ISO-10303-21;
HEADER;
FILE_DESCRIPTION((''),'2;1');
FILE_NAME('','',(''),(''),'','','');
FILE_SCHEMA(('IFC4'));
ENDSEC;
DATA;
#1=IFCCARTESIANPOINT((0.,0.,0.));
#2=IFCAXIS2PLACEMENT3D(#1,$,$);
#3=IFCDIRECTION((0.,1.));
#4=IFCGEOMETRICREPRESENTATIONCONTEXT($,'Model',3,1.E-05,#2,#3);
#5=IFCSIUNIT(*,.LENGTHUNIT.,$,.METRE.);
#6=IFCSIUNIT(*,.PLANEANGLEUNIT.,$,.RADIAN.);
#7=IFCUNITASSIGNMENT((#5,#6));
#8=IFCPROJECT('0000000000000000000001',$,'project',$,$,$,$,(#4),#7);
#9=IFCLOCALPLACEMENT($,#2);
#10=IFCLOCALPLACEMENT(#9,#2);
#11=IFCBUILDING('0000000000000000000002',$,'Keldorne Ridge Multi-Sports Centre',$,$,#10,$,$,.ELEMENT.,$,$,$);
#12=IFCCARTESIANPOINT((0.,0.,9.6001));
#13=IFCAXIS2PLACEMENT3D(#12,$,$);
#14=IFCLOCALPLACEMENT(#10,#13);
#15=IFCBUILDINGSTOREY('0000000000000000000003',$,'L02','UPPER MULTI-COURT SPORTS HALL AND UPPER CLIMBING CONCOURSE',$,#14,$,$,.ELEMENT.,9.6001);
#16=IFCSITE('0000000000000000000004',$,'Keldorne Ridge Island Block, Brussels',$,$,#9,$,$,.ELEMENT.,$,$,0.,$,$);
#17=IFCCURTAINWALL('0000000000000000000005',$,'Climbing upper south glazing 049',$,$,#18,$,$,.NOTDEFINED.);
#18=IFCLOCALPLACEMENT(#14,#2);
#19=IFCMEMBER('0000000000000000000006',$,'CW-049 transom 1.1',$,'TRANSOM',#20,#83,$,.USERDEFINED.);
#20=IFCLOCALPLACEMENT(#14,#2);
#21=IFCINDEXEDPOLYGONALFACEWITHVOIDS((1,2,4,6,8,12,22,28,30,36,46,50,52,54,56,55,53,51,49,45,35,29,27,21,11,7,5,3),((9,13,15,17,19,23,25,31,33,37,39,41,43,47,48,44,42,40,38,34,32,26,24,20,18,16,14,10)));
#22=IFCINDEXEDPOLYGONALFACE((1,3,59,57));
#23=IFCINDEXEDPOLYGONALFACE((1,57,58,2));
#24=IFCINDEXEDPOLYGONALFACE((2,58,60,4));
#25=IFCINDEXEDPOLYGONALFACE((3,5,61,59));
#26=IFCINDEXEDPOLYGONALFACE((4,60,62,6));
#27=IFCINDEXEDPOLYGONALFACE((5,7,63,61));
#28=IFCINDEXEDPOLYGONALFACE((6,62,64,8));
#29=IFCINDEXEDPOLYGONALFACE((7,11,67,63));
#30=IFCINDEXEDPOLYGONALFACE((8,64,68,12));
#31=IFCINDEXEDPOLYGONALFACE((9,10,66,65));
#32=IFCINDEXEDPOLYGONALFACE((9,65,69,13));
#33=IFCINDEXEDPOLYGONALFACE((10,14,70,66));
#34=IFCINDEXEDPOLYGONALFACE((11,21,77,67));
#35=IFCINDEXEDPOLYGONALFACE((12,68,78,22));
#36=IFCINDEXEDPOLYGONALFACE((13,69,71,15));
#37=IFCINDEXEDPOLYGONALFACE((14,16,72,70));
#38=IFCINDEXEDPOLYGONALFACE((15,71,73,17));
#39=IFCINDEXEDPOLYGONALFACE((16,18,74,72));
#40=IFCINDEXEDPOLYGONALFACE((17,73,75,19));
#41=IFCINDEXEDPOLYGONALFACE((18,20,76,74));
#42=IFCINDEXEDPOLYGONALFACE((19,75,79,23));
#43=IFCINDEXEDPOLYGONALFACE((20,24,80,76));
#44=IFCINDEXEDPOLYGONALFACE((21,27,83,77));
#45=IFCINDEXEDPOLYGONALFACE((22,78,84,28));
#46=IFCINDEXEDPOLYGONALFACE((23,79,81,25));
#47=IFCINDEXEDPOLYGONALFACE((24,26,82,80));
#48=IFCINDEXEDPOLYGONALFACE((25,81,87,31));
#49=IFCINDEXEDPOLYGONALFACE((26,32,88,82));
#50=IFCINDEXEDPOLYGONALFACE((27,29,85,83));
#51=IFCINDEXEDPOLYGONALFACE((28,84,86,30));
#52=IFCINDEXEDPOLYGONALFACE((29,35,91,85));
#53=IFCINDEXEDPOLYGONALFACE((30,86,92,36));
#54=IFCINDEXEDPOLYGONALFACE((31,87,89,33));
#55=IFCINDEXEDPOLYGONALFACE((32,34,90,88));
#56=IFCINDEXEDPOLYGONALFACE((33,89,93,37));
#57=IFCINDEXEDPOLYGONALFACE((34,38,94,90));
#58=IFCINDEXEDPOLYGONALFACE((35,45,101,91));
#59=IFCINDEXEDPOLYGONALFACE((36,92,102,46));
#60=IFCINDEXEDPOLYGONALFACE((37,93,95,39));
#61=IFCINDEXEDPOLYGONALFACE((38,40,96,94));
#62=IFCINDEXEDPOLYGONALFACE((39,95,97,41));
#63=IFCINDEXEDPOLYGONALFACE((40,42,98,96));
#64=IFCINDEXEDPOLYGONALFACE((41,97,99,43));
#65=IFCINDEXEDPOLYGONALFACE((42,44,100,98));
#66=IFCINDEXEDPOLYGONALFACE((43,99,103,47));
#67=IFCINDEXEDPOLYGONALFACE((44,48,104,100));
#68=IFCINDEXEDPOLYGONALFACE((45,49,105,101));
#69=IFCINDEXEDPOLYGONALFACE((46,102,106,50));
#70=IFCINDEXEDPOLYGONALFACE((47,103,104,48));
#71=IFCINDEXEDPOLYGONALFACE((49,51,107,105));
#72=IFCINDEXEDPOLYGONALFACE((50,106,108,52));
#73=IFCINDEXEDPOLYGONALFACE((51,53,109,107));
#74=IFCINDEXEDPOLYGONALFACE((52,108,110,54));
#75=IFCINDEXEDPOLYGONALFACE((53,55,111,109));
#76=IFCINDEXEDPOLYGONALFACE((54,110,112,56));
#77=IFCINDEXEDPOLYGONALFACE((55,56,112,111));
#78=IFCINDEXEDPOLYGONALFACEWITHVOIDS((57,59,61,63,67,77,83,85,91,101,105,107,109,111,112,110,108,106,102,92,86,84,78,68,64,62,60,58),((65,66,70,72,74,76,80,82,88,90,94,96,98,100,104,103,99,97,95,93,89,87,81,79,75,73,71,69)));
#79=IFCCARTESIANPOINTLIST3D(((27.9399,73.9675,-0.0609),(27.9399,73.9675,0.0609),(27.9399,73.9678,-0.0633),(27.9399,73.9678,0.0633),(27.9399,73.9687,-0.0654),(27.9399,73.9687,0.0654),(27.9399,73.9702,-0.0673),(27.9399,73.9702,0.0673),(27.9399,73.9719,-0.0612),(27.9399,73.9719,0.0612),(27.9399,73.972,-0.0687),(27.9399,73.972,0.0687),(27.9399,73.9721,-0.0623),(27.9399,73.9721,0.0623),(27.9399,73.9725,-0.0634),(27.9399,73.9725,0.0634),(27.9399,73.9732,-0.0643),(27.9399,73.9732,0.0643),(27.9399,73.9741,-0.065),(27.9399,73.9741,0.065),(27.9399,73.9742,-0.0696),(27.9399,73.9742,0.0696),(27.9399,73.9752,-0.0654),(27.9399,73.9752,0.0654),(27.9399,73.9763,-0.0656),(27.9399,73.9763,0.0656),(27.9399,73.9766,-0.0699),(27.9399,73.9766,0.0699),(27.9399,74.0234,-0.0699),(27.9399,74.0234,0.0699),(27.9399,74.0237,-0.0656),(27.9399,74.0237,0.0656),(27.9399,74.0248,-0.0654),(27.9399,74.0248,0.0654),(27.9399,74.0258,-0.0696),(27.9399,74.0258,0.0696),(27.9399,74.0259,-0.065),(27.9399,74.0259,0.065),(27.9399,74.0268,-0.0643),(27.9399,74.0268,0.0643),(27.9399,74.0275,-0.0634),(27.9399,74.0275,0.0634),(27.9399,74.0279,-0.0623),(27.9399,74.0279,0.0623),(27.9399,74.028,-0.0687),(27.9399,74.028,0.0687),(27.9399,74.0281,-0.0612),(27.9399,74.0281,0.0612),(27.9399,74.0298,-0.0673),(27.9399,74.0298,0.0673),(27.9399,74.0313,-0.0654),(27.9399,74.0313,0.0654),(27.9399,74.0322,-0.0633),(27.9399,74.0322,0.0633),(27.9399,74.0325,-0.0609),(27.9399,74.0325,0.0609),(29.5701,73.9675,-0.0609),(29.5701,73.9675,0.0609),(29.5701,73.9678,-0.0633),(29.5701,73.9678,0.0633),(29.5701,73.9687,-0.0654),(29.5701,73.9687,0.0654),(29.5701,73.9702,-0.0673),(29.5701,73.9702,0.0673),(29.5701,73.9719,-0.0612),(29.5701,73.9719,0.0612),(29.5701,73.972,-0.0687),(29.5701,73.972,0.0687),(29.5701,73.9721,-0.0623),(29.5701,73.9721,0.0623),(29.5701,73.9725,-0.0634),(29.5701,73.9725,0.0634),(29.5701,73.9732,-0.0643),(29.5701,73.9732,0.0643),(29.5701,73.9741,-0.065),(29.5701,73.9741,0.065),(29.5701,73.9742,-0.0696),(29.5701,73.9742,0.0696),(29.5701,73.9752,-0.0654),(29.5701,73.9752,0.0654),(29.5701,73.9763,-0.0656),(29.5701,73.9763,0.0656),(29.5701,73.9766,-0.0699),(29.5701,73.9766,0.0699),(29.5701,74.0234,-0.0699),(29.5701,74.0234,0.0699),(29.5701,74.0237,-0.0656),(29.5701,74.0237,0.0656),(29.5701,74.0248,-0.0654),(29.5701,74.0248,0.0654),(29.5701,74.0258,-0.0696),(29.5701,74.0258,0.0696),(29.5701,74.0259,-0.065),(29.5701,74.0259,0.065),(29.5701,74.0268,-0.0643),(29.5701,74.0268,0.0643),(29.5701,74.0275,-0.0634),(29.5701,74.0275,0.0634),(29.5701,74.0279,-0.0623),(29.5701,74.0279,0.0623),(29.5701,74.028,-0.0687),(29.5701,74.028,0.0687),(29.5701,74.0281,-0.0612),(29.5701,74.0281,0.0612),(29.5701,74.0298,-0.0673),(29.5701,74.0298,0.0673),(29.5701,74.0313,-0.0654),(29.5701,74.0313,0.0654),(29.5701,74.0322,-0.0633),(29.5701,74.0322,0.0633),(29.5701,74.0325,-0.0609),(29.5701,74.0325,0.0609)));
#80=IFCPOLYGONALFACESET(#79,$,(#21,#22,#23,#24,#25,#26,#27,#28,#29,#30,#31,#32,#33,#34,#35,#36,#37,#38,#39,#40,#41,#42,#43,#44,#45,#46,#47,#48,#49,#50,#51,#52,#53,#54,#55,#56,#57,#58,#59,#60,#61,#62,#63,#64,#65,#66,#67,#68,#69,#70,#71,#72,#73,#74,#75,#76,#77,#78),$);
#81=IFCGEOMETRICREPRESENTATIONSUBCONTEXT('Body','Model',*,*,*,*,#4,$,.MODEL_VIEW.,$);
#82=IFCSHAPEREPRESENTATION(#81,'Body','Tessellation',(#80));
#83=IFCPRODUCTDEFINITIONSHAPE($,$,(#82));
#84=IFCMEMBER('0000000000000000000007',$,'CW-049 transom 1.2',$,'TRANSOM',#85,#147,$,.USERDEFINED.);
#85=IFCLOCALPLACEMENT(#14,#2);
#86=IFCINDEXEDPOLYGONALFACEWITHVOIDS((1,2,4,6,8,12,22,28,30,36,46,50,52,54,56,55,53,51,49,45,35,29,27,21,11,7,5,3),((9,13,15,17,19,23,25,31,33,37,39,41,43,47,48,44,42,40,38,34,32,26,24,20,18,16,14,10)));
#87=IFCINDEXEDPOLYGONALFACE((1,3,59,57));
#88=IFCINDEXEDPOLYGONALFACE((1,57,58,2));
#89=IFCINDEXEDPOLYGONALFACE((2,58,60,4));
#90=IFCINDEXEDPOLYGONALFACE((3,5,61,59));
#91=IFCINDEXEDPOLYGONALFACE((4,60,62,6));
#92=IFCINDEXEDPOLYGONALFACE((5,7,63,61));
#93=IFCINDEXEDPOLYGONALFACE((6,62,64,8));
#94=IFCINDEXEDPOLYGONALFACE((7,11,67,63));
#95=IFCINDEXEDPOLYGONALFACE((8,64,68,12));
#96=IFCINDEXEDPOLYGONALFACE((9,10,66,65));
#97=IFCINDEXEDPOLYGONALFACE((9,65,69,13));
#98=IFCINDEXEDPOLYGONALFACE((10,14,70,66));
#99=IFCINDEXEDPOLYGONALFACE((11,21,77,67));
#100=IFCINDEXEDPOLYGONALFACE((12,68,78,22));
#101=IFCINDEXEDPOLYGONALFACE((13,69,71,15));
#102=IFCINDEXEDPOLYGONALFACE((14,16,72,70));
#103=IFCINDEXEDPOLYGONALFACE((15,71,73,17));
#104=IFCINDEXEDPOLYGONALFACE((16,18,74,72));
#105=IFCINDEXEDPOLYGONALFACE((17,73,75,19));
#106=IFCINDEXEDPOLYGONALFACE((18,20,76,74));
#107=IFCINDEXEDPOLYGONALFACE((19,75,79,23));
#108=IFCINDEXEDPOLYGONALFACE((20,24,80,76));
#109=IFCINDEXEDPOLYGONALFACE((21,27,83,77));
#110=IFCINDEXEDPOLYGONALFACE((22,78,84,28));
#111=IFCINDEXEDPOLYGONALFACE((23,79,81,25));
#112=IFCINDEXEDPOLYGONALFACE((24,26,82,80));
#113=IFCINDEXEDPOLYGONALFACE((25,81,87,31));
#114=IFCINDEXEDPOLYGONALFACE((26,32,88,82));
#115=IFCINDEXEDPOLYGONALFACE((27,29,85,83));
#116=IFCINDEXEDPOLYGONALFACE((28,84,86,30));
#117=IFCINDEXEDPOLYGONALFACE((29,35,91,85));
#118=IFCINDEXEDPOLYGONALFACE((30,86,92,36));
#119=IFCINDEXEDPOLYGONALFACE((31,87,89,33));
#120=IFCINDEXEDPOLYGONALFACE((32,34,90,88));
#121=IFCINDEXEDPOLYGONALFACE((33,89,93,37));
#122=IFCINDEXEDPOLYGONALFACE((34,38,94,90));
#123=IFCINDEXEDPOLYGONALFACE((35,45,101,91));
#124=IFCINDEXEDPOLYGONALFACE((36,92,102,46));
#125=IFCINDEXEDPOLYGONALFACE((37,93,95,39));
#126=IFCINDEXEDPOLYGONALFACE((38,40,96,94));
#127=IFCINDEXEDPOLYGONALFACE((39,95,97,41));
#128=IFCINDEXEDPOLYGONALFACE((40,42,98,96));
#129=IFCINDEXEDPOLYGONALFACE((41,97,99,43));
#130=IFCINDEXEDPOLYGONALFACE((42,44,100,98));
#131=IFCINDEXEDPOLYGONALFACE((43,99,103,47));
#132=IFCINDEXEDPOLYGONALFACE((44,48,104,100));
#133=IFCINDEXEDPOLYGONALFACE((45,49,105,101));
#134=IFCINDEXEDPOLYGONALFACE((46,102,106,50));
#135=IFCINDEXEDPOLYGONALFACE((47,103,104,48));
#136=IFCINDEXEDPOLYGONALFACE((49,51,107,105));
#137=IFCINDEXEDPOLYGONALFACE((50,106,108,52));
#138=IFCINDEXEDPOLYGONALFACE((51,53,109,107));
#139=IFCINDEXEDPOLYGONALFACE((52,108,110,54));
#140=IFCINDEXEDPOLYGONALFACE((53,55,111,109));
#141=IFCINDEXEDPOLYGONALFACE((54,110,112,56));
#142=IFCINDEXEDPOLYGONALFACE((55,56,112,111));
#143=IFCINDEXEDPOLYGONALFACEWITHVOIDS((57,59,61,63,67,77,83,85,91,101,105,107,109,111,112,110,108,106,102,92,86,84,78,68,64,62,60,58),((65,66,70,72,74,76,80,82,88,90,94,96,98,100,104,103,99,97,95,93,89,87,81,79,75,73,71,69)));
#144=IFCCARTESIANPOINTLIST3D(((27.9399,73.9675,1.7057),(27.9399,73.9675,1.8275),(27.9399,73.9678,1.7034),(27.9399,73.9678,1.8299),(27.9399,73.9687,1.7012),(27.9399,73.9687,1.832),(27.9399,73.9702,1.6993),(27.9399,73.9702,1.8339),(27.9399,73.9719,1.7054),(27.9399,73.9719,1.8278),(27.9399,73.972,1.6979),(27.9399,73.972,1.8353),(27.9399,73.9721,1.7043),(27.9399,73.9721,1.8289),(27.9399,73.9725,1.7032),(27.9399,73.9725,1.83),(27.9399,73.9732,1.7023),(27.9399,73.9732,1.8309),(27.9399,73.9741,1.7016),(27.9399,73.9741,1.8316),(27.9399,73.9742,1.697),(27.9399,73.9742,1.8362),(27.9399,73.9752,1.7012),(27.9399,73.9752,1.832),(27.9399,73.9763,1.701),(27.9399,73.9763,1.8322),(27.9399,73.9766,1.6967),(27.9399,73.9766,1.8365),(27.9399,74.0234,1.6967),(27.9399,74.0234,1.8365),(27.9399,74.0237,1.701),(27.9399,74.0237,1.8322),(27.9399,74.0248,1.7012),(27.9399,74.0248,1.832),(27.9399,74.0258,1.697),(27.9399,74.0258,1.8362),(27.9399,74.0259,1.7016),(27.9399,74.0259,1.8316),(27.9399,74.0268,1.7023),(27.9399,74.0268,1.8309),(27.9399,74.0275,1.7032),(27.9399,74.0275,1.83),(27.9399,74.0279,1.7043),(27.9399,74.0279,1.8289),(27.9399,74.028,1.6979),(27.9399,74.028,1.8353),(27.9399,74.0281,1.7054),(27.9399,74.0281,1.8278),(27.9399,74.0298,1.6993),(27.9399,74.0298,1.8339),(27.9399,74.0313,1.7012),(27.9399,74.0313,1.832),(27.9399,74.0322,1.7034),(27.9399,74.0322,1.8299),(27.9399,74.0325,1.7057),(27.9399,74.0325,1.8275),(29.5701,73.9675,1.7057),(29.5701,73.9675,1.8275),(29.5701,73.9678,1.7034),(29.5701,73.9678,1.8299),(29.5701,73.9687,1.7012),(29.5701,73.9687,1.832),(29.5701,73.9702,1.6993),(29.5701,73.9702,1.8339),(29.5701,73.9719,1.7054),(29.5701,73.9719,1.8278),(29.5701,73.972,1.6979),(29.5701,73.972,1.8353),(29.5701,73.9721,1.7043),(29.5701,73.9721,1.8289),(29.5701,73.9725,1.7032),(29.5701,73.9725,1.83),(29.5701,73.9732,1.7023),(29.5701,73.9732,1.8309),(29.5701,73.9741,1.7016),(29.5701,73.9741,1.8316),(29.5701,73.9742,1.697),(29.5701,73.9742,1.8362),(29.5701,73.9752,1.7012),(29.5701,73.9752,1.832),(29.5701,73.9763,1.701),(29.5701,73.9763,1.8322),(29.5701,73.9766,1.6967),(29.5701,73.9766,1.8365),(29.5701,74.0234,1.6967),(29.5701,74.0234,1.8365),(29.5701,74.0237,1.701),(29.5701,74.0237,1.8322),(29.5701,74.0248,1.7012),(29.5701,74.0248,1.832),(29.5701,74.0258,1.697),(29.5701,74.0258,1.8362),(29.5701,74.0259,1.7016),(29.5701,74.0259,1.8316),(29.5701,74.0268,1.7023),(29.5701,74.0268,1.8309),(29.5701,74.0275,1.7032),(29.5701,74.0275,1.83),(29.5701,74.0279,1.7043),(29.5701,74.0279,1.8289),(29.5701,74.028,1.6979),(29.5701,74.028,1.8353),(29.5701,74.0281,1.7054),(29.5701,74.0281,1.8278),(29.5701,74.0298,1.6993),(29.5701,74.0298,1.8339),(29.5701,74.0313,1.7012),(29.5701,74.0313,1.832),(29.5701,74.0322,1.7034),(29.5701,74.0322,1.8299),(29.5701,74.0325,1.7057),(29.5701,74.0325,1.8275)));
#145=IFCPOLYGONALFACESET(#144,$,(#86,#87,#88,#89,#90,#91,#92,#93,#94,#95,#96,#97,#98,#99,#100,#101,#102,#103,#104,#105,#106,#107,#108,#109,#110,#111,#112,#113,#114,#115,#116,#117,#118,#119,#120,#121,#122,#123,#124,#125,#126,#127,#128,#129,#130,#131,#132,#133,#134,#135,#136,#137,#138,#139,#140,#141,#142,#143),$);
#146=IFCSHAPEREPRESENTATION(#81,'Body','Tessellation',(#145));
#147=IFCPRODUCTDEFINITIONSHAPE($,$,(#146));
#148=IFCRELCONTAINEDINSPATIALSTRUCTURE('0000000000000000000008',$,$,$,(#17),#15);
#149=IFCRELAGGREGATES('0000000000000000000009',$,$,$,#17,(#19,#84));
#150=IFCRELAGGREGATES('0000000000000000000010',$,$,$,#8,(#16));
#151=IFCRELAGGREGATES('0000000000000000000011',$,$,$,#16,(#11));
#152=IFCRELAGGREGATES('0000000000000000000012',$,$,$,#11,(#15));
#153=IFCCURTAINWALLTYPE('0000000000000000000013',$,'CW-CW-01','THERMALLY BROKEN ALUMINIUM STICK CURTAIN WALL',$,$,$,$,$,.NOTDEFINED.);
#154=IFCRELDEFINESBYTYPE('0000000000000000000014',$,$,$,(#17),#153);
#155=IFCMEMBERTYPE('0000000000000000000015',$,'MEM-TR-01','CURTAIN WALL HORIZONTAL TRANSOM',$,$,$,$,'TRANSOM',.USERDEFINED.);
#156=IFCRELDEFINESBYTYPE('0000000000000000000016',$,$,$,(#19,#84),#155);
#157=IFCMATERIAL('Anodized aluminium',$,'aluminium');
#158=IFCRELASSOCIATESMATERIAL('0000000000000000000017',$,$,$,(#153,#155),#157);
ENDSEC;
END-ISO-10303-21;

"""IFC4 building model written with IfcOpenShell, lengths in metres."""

from ifc_helpers import new_model, si_unit, direction, frame, origin, origin_2d, place, context, subcontext, project, spatial, hollow_rectangle, extrude, material, material_profile, profile_set, type_object, element, aggregate, save


model = new_model("IFC4")

# Units and contexts
model_context = context("Model", 3, precision=1e-05, world=origin(), true_north=direction((0.0, 1.0)))
body_context = subcontext(model_context, "Body", "Model", "MODEL_VIEW")
ifc_project = project(units=[si_unit("LENGTHUNIT", "METRE"), si_unit("PLANEANGLEUNIT", "RADIAN")], contexts=[model_context])

# Site, building, storey
site_placement = place(None, origin())
site = spatial("IfcSite", under=ifc_project, at=site_placement, Name="Keldorne Ridge Island Block, Brussels", CompositionType="ELEMENT", RefElevation=0.0)
building_placement = place(site_placement, origin())
building = spatial("IfcBuilding", under=site, at=building_placement, Name="Keldorne Ridge Multi-Sports Centre", CompositionType="ELEMENT")
storey_placement = place(building_placement, frame((0.0, 0.0, 9.6001)))
storey = spatial("IfcBuildingStorey", under=building, at=storey_placement, Name="L02", Description="UPPER MULTI-COURT SPORTS HALL AND UPPER CLIMBING CONCOURSE", CompositionType="ELEMENT", Elevation=9.6001)

# Curtain wall
ifc_material_1 = material(Name="Anodized aluminium", Category="aluminium")
curtain_wall_type_1 = type_object("IfcCurtainWallType", Name="CW-CW-01", Description="THERMALLY BROKEN ALUMINIUM STICK CURTAIN WALL", PredefinedType="NOTDEFINED", material=ifc_material_1)
curtain_wall_1_placement = place(storey_placement, origin())
curtain_wall_1 = element("IfcCurtainWall", 1, at=curtain_wall_1_placement, inside=storey, type_object=curtain_wall_type_1, Name="Climbing upper south glazing 049", PredefinedType="NOTDEFINED")

# Members
ifc_material_profile_1 = material_profile(ifc_material_1, hollow_rectangle(XDim=0.0649, YDim=0.1399, WallThickness=0.0044, InnerFilletRadius=0.0044, OuterFilletRadius=0.009, at=origin_2d()), Name="ALU TRANSOM 140x65x4.5")
ifc_profile_set_1 = profile_set([ifc_material_profile_1], Name="Anodized aluminium")
member_type_1 = type_object("IfcMemberType", Name="MEM-TR-01", Description="CURTAIN WALL HORIZONTAL TRANSOM", ElementType="TRANSOM", PredefinedType="USERDEFINED", material=ifc_profile_set_1)
member_1_placement = place(storey_placement, frame((27.9399, 74.0, 0.0), z_axis=(1.0, 0.0, 0.0), x_axis=(0.0, 1.0, 0.0)))
member_1 = element("IfcMember", 2, at=member_1_placement, type_object=member_type_1, Name="CW-049 transom 1.1", ObjectType="TRANSOM", PredefinedType="USERDEFINED", context=body_context, shape_type="SweptSolid", body=[
    extrude(hollow_rectangle(XDim=0.0649, YDim=0.1399, WallThickness=0.0044, InnerFilletRadius=0.0044, OuterFilletRadius=0.009, at=origin_2d()), origin(), (0.0, 0.0, 1.0), 1.6301),
])
member_2_placement = place(storey_placement, frame((27.9399, 74.0, 1.7666), z_axis=(1.0, 0.0, 0.0), x_axis=(0.0, 1.0, 0.0)))
member_2 = element("IfcMember", 3, at=member_2_placement, type_object=member_type_1, Name="CW-049 transom 1.2", ObjectType="TRANSOM", PredefinedType="USERDEFINED", context=body_context, shape_type="SweptSolid", body=[
    extrude(hollow_rectangle(XDim=0.0649, YDim=0.1399, WallThickness=0.0044, InnerFilletRadius=0.0044, OuterFilletRadius=0.009, at=origin_2d()), origin(), (0.0, 0.0, 1.0), 1.6301),
])

aggregate(curtain_wall_1, [member_1, member_2])

save(model, "model.ifc")
